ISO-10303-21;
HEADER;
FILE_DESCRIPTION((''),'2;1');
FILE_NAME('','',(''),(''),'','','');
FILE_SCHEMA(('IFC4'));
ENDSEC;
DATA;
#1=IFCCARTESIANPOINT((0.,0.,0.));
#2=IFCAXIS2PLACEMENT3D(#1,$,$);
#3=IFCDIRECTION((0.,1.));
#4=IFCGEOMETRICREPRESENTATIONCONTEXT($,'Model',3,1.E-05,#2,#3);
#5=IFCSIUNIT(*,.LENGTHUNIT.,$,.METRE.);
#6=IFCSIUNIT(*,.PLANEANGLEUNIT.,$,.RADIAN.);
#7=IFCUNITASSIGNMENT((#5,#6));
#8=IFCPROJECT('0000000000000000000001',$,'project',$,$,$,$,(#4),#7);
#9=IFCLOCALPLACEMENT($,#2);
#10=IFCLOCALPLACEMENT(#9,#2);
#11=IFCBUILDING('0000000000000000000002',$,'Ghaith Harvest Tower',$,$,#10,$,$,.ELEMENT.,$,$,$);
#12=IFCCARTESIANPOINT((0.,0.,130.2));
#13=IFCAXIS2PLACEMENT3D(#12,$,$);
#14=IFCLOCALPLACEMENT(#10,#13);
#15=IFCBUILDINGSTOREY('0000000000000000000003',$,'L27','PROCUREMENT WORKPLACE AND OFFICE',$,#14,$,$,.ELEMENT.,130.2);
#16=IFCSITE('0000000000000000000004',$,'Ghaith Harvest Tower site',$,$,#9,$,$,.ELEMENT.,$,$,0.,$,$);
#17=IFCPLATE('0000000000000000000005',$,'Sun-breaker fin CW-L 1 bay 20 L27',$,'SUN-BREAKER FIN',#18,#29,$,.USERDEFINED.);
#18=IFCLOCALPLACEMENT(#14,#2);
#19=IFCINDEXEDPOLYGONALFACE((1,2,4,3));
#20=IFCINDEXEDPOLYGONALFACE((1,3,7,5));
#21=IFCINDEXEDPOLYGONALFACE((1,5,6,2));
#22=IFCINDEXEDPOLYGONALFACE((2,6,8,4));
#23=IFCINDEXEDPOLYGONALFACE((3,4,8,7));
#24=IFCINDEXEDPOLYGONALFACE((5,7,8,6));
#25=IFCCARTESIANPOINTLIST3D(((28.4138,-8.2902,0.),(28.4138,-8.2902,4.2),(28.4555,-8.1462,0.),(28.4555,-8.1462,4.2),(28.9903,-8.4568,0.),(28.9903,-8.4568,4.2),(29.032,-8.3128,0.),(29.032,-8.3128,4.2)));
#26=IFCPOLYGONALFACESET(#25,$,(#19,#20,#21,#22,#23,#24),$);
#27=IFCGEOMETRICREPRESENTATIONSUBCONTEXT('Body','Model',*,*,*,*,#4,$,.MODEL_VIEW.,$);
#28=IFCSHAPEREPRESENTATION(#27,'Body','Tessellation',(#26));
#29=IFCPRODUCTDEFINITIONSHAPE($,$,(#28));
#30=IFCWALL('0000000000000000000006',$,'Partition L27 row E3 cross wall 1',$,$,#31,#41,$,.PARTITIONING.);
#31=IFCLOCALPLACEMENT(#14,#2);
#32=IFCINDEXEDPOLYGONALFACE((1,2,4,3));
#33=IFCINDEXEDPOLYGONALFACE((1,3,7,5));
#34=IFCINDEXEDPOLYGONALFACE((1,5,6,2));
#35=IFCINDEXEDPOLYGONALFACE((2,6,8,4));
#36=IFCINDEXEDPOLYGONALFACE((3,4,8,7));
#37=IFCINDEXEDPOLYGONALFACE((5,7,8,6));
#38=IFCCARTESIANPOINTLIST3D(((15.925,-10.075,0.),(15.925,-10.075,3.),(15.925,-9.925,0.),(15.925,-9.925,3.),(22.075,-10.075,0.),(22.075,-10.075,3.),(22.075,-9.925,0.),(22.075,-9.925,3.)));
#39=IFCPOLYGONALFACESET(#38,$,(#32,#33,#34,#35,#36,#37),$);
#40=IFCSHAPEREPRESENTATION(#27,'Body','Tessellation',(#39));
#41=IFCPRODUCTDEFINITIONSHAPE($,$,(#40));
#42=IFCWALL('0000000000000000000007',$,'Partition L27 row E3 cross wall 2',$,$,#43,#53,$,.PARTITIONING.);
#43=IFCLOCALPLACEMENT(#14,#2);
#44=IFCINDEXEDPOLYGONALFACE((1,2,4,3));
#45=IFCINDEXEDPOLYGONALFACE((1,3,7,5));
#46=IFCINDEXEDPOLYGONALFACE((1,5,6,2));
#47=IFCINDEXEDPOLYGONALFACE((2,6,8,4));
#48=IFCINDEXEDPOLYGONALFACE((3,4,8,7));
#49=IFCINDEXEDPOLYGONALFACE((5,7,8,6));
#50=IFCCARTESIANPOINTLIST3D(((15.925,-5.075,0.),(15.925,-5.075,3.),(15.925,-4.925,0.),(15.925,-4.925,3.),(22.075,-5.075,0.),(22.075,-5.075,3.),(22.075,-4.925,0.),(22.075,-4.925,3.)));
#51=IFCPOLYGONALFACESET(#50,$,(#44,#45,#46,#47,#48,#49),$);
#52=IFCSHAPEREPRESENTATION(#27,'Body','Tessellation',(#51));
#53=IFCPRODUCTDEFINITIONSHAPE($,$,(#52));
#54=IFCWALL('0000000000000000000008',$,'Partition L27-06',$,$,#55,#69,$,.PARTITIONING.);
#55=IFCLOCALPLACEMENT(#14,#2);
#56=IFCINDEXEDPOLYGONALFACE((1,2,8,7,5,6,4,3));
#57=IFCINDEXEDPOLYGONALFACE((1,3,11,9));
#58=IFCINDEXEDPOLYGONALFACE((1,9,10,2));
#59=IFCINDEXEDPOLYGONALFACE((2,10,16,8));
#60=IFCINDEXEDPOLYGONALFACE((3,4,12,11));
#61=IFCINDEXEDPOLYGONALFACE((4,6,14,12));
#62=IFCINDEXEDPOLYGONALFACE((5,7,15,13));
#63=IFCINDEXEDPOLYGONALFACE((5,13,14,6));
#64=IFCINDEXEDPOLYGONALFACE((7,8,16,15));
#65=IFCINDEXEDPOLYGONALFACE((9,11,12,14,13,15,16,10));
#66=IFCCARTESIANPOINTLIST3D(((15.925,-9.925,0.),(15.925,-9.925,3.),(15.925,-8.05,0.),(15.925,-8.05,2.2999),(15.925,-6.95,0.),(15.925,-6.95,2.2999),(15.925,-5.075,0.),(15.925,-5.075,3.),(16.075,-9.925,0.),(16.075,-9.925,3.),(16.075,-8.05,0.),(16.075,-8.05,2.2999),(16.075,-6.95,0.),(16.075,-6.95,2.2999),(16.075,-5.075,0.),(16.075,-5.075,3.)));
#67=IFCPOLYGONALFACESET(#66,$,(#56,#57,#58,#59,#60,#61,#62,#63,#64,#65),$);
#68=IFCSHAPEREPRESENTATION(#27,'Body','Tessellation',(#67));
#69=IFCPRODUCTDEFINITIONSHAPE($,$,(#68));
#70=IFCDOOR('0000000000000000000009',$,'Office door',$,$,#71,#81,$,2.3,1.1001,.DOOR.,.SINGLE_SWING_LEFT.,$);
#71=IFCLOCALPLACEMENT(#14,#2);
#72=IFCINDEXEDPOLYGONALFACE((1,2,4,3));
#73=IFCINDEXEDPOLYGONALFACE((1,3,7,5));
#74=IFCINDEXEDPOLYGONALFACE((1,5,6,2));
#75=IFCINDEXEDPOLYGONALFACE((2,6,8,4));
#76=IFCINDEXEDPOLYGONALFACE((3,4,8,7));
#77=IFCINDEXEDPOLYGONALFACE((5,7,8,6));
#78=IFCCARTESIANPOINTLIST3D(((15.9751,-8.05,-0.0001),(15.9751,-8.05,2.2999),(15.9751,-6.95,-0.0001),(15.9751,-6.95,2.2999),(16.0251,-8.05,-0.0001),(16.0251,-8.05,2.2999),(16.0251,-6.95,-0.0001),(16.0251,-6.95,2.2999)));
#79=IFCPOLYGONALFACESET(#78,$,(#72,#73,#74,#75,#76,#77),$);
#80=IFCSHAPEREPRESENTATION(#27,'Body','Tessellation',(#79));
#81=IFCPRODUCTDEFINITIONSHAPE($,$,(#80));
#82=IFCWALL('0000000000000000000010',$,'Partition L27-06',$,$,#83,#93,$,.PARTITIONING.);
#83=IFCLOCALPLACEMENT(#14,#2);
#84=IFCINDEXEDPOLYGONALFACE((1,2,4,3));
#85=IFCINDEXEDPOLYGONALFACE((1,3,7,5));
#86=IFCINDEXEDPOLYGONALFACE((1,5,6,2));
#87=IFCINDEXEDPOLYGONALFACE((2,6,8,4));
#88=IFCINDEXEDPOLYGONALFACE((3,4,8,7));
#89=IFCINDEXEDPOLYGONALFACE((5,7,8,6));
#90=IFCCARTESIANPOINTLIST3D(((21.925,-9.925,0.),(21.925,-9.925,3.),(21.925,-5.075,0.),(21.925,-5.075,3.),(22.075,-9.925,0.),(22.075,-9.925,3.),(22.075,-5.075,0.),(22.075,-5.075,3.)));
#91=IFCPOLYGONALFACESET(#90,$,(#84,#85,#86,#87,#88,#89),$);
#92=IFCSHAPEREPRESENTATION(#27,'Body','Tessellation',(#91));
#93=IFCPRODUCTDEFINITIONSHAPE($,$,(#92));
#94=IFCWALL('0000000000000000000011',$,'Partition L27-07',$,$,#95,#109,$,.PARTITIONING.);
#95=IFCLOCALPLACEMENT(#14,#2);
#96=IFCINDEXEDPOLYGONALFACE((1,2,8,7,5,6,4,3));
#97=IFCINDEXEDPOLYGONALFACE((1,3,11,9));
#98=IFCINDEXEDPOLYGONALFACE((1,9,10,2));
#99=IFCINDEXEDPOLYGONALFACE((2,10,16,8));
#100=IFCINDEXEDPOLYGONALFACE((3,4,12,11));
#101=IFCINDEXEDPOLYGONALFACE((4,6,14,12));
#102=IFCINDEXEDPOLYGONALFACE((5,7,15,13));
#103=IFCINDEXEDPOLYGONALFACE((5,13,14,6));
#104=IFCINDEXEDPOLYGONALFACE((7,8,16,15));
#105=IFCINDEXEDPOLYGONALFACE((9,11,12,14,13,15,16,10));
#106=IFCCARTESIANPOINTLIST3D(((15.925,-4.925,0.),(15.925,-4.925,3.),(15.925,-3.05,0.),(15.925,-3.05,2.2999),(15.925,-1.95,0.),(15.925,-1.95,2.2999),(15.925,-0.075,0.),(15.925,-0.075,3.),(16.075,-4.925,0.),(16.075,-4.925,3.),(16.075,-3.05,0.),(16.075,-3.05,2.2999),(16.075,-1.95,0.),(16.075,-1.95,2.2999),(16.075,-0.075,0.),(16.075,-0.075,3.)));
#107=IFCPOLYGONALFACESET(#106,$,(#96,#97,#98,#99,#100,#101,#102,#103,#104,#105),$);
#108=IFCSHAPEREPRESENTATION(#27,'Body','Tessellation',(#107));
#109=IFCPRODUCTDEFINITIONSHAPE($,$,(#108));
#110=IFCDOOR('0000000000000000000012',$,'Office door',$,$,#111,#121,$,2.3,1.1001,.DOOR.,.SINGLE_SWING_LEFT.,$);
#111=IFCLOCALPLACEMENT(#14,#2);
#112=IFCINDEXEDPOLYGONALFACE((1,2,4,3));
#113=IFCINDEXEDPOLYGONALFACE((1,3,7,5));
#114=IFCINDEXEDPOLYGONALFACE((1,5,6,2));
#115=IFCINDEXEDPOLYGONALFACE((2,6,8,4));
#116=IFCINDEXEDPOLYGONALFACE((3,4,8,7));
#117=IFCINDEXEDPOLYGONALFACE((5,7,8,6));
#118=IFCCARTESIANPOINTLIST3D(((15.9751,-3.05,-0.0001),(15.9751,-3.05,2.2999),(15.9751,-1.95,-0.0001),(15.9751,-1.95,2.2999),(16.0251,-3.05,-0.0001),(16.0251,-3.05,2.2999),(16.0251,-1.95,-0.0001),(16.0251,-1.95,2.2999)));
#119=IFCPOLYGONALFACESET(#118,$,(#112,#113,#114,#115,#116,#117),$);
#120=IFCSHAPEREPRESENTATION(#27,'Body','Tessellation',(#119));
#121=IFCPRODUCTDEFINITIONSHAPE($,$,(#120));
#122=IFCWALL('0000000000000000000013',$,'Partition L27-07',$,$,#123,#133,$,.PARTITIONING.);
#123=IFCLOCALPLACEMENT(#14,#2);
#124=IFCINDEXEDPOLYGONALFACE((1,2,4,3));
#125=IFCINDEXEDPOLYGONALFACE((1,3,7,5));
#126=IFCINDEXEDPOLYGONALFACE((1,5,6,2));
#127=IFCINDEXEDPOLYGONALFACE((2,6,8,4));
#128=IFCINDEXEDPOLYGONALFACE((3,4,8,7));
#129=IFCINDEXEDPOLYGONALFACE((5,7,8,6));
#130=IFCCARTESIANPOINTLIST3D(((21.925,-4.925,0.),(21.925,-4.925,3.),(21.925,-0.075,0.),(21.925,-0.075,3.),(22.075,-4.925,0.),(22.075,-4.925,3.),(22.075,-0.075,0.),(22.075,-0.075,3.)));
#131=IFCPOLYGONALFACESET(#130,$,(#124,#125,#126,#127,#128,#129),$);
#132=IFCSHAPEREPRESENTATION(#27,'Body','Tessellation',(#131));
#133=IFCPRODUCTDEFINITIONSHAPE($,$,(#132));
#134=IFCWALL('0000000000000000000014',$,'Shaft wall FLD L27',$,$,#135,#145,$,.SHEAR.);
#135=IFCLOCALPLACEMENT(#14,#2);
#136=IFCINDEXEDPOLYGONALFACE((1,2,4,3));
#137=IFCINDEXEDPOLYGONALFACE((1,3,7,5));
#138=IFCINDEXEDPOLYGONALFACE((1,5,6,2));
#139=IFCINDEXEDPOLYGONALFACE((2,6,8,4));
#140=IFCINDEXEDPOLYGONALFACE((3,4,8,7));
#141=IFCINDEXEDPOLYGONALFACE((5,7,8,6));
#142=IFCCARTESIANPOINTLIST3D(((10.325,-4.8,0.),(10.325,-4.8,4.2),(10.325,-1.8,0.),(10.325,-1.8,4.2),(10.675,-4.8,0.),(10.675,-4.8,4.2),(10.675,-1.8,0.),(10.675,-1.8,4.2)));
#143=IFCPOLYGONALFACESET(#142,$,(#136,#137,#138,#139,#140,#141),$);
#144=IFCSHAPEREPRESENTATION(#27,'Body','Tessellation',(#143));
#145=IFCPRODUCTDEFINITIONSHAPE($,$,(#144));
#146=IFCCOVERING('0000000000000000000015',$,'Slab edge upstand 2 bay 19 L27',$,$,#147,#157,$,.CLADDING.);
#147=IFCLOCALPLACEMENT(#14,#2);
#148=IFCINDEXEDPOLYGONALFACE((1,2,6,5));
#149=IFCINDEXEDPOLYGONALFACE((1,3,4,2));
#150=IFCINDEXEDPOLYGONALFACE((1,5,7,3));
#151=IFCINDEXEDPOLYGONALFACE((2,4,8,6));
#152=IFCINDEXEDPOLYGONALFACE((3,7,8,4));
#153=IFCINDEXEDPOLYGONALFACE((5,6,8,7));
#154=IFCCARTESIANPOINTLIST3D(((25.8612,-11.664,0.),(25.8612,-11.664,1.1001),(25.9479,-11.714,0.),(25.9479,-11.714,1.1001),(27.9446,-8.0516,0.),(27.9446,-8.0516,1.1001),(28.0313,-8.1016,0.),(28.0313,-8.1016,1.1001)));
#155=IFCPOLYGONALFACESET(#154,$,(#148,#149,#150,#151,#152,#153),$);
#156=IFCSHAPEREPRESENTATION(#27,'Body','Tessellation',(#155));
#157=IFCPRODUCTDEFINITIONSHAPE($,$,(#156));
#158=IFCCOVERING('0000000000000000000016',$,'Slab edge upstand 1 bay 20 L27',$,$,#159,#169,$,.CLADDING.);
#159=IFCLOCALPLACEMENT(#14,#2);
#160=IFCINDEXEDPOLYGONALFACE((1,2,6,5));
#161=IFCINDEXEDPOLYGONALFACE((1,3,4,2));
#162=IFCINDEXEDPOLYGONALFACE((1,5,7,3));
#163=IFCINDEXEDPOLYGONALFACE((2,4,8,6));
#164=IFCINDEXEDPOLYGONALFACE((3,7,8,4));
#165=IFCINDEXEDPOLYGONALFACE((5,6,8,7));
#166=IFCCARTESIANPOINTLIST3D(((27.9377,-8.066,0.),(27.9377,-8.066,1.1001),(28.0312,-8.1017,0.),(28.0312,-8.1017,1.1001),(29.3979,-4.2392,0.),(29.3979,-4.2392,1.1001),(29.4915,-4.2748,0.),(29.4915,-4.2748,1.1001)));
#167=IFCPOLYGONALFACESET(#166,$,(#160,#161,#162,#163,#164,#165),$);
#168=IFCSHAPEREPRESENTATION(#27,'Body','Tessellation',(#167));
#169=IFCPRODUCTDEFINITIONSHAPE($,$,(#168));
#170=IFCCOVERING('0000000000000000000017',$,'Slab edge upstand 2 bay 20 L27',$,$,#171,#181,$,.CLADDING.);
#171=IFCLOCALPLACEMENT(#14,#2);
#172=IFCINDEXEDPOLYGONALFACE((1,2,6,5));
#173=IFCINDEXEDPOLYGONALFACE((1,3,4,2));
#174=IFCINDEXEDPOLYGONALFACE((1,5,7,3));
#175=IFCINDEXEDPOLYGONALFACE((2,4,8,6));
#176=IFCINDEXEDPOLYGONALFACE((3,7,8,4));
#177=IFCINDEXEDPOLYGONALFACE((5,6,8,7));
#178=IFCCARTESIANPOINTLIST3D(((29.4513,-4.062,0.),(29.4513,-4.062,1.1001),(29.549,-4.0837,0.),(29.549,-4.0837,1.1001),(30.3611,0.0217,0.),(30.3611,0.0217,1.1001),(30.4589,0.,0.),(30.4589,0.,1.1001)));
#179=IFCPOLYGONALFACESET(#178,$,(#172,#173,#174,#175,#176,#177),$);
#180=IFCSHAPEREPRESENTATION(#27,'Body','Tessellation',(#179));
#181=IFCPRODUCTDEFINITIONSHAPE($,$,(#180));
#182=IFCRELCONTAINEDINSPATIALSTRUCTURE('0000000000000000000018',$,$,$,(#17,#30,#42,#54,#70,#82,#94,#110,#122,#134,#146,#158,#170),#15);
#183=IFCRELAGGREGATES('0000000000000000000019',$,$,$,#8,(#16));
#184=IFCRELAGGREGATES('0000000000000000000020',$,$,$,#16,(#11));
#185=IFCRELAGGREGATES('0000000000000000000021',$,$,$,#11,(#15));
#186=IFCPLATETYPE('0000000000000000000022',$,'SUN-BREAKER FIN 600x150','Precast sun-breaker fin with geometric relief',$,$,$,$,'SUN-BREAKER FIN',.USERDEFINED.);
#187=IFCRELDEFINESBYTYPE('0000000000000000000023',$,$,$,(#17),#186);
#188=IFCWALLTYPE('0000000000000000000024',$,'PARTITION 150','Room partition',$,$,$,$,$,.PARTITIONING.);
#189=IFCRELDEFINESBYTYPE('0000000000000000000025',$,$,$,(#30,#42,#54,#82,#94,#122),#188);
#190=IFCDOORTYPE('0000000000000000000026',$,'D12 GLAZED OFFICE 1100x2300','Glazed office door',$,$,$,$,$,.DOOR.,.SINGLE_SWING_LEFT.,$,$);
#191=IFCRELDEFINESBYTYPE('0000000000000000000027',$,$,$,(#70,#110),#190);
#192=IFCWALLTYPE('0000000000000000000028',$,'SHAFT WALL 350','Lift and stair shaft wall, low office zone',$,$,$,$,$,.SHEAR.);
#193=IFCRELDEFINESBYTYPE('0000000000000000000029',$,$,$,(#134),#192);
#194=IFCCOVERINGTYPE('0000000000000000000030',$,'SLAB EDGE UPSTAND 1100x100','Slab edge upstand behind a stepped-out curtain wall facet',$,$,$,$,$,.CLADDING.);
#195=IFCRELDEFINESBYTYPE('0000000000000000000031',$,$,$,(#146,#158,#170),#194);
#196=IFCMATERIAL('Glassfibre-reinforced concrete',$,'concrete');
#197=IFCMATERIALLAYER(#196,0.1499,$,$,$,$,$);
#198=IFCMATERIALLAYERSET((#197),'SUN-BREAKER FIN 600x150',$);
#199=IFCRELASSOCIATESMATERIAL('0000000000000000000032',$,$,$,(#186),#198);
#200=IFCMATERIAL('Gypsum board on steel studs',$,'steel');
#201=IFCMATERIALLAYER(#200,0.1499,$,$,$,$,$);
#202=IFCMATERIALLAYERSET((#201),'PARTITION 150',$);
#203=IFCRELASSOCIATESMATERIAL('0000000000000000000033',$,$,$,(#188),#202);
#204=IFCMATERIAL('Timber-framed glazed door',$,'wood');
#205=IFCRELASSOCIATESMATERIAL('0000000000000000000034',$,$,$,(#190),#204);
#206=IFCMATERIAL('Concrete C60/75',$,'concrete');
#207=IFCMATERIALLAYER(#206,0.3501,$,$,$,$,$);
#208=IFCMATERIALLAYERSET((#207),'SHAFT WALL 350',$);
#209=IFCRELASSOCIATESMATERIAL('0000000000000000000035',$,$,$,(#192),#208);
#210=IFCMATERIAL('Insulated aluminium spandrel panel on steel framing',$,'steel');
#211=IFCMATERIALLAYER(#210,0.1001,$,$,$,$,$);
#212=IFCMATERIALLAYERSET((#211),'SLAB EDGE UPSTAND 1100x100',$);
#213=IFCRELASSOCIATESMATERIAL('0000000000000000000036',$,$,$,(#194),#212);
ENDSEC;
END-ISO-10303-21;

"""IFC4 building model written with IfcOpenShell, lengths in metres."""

from ifc_helpers import new_model, si_unit, direction, frame, frame_2d, origin, origin_2d, place, context, subcontext, project, spatial, rectangle, extrude, material, layer, layer_set, type_object, element, fill, save


model = new_model("IFC4")

# Units and contexts
model_context = context("Model", 3, precision=1e-05, world=origin(), true_north=direction((0.0, 1.0)))
body_context = subcontext(model_context, "Body", "Model", "MODEL_VIEW")
ifc_project = project(units=[si_unit("LENGTHUNIT", "METRE"), si_unit("PLANEANGLEUNIT", "RADIAN")], contexts=[model_context])

# Site, building, storey
site_placement = place(None, origin())
site = spatial("IfcSite", under=ifc_project, at=site_placement, Name="Ghaith Harvest Tower site", CompositionType="ELEMENT", RefElevation=0.0)
building_placement = place(site_placement, origin())
building = spatial("IfcBuilding", under=site, at=building_placement, Name="Ghaith Harvest Tower", CompositionType="ELEMENT")
storey_placement = place(building_placement, frame((0.0, 0.0, 130.2)))
storey = spatial("IfcBuildingStorey", under=building, at=storey_placement, Name="L27", Description="PROCUREMENT WORKPLACE AND OFFICE", CompositionType="ELEMENT", Elevation=130.2)

# Plate
ifc_material_1 = material(Name="Glassfibre-reinforced concrete", Category="concrete")
ifc_layer_1 = layer(ifc_material_1, 0.1499)
ifc_layer_set_1 = layer_set([ifc_layer_1], Name="SUN-BREAKER FIN 600x150")
plate_type_1 = type_object("IfcPlateType", Name="SUN-BREAKER FIN 600x150", Description="Precast sun-breaker fin with geometric relief", ElementType="SUN-BREAKER FIN", PredefinedType="USERDEFINED", material=ifc_layer_set_1)
plate_1_placement = place(storey_placement, frame((28.7229, -8.3015, 0.0), z_axis=(0.0, 0.0, 1.0), x_axis=(0.96068, -0.277657, 0.0)))
element("IfcPlate", 1, at=plate_1_placement, inside=storey, type_object=plate_type_1, Name="Sun-breaker fin CW-L 1 bay 20 L27", ObjectType="SUN-BREAKER FIN", PredefinedType="USERDEFINED", context=body_context, shape_type="SweptSolid", body=[
    extrude(rectangle(XDim=0.6001, YDim=0.1499, at=origin_2d()), origin(), (0.0, 0.0, 1.0), 4.2),
])

# Walls
ifc_material_2 = material(Name="Gypsum board on steel studs", Category="steel")
ifc_layer_2 = layer(ifc_material_2, 0.1499)
ifc_layer_set_2 = layer_set([ifc_layer_2], Name="PARTITION 150")
wall_type_1 = type_object("IfcWallType", Name="PARTITION 150", Description="Room partition", PredefinedType="PARTITIONING", material=ifc_layer_set_2)
for number, where, z_axis, x_axis, name in (
    (2, (15.925, -10.0, 0.0), (0.0, 0.0, 1.0), (1.0, 0.0, 0.0), "Partition L27 row E3 cross wall 1"),
    (3, (15.925, -5.0, 0.0), (0.0, 0.0, 1.0), (1.0, 0.0, 0.0), "Partition L27 row E3 cross wall 2"),
):
    element("IfcWall", number, at=place(storey_placement, frame(where, z_axis=z_axis, x_axis=x_axis)), inside=storey, type_object=wall_type_1, Name=name, PredefinedType="PARTITIONING", context=body_context, shape_type="SweptSolid", body=[
        extrude(rectangle(XDim=6.1499, YDim=0.1499, at=frame_2d((3.075, 0.0))), origin(), (0.0, 0.0, 1.0), 3.0),
    ])

# Wall, opening, door
wall_1_placement = place(storey_placement, frame((16.0, -9.925, 0.0), z_axis=(0.0, 0.0, 1.0), x_axis=(0.0, 1.0, 0.0)))
wall_1 = element("IfcWall", 4, at=wall_1_placement, inside=storey, type_object=wall_type_1, Name="Partition L27-06", PredefinedType="PARTITIONING", context=body_context, shape_type="SweptSolid", body=[
    extrude(rectangle(XDim=4.8501, YDim=0.1499, at=frame_2d((2.425, 0.0))), origin(), (0.0, 0.0, 1.0), 3.0),
])
opening_1_placement = place(wall_1_placement, frame((1.875, 0.0, 0.0)))
opening_1 = element("IfcOpeningElement", 5, at=opening_1_placement, cuts=wall_1, PredefinedType="OPENING", context=body_context, shape_type="SweptSolid", body=[
    extrude(rectangle(XDim=1.1001, YDim=2.3, at=frame_2d((0.55, 1.1499))), frame((0.0, 0.085, 0.0), z_axis=(0.0, -1.0, 0.0), x_axis=(1.0, 0.0, 0.0)), (0.0, 0.0, 1.0), 0.1699),
])
ifc_material_3 = material(Name="Timber-framed glazed door", Category="wood")
door_type_1 = type_object("IfcDoorType", Name="D12 GLAZED OFFICE 1100x2300", Description="Glazed office door", OperationType="SINGLE_SWING_LEFT", PredefinedType="DOOR", material=ifc_material_3)
door_1_placement = place(opening_1_placement, origin())
door_1 = element("IfcDoor", 6, at=door_1_placement, inside=storey, type_object=door_type_1, Name="Office door", OperationType="SINGLE_SWING_LEFT", OverallHeight=2.3, OverallWidth=1.1001, PredefinedType="DOOR", context=body_context, shape_type="SweptSolid", body=[
    extrude(rectangle(XDim=1.1001, YDim=2.3, at=frame_2d((0.55, 1.1499))), frame((0.0, 0.0249, 0.0), z_axis=(0.0, -1.0, 0.0), x_axis=(1.0, 0.0, 0.0)), (0.0, 0.0, 1.0), 0.05),
])
fill(opening_1, door_1)

# Wall
wall_2_placement = place(storey_placement, frame((22.0, -9.925, 0.0), z_axis=(0.0, 0.0, 1.0), x_axis=(0.0, 1.0, 0.0)))
element("IfcWall", 7, at=wall_2_placement, inside=storey, type_object=wall_type_1, Name="Partition L27-06", PredefinedType="PARTITIONING", context=body_context, shape_type="SweptSolid", body=[
    extrude(rectangle(XDim=4.8501, YDim=0.1499, at=frame_2d((2.425, 0.0))), origin(), (0.0, 0.0, 1.0), 3.0),
])

# Wall, opening, door
wall_3_placement = place(storey_placement, frame((16.0, -4.925, 0.0), z_axis=(0.0, 0.0, 1.0), x_axis=(0.0, 1.0, 0.0)))
wall_3 = element("IfcWall", 8, at=wall_3_placement, inside=storey, type_object=wall_type_1, Name="Partition L27-07", PredefinedType="PARTITIONING", context=body_context, shape_type="SweptSolid", body=[
    extrude(rectangle(XDim=4.8501, YDim=0.1499, at=frame_2d((2.425, 0.0))), origin(), (0.0, 0.0, 1.0), 3.0),
])
opening_2_placement = place(wall_3_placement, frame((1.875, 0.0, 0.0)))
opening_2 = element("IfcOpeningElement", 9, at=opening_2_placement, cuts=wall_3, PredefinedType="OPENING", context=body_context, shape_type="SweptSolid", body=[
    extrude(rectangle(XDim=1.1001, YDim=2.3, at=frame_2d((0.55, 1.1499))), frame((0.0, 0.085, 0.0), z_axis=(0.0, -1.0, 0.0), x_axis=(1.0, 0.0, 0.0)), (0.0, 0.0, 1.0), 0.1699),
])
door_2_placement = place(opening_2_placement, origin())
door_2 = element("IfcDoor", 10, at=door_2_placement, inside=storey, type_object=door_type_1, Name="Office door", OperationType="SINGLE_SWING_LEFT", OverallHeight=2.3, OverallWidth=1.1001, PredefinedType="DOOR", context=body_context, shape_type="SweptSolid", body=[
    extrude(rectangle(XDim=1.1001, YDim=2.3, at=frame_2d((0.55, 1.1499))), frame((0.0, 0.0249, 0.0), z_axis=(0.0, -1.0, 0.0), x_axis=(1.0, 0.0, 0.0)), (0.0, 0.0, 1.0), 0.05),
])
fill(opening_2, door_2)

# Walls
wall_4_placement = place(storey_placement, frame((22.0, -4.925, 0.0), z_axis=(0.0, 0.0, 1.0), x_axis=(0.0, 1.0, 0.0)))
element("IfcWall", 11, at=wall_4_placement, inside=storey, type_object=wall_type_1, Name="Partition L27-07", PredefinedType="PARTITIONING", context=body_context, shape_type="SweptSolid", body=[
    extrude(rectangle(XDim=4.8501, YDim=0.1499, at=frame_2d((2.425, 0.0))), origin(), (0.0, 0.0, 1.0), 3.0),
])
ifc_material_4 = material(Name="Concrete C60/75", Category="concrete")
ifc_layer_3 = layer(ifc_material_4, 0.3501)
ifc_layer_set_3 = layer_set([ifc_layer_3], Name="SHAFT WALL 350")
wall_type_2 = type_object("IfcWallType", Name="SHAFT WALL 350", Description="Lift and stair shaft wall, low office zone", PredefinedType="SHEAR", material=ifc_layer_set_3)
wall_5_placement = place(storey_placement, frame((10.5, -4.8, 0.0), z_axis=(0.0, 0.0, 1.0), x_axis=(0.0, 1.0, 0.0)))
element("IfcWall", 12, at=wall_5_placement, inside=storey, type_object=wall_type_2, Name="Shaft wall FLD L27", PredefinedType="SHEAR", context=body_context, shape_type="SweptSolid", body=[
    extrude(rectangle(XDim=3.0, YDim=0.3501, at=frame_2d((1.5, 0.0))), origin(), (0.0, 0.0, 1.0), 4.2),
])

# Coverings
ifc_material_5 = material(Name="Insulated aluminium spandrel panel on steel framing", Category="steel")
ifc_layer_4 = layer(ifc_material_5, 0.1001)
ifc_layer_set_4 = layer_set([ifc_layer_4], Name="SLAB EDGE UPSTAND 1100x100")
covering_type = type_object("IfcCoveringType", Name="SLAB EDGE UPSTAND 1100x100", Description="Slab edge upstand behind a stepped-out curtain wall facet", PredefinedType="CLADDING", material=ifc_layer_set_4)
covering_1_placement = place(storey_placement, frame((26.9463, -9.8828, 0.0), z_axis=(0.0, 0.0, 1.0), x_axis=(0.499596, 0.866258, 0.0)))
element("IfcCovering", 13, at=covering_1_placement, inside=storey, type_object=covering_type, Name="Slab edge upstand 2 bay 19 L27", PredefinedType="CLADDING", context=body_context, shape_type="SweptSolid", body=[
    extrude(rectangle(XDim=4.1702, YDim=0.1001, at=origin_2d()), origin(), (0.0, 0.0, 1.0), 1.1001),
])
covering_2_placement = place(storey_placement, frame((28.7146, -6.1704, 0.0), z_axis=(0.0, 0.0, 1.0), x_axis=(0.356504, 0.934294, 0.0)))
element("IfcCovering", 14, at=covering_2_placement, inside=storey, type_object=covering_type, Name="Slab edge upstand 1 bay 20 L27", PredefinedType="CLADDING", context=body_context, shape_type="SweptSolid", body=[
    extrude(rectangle(XDim=4.0959, YDim=0.1001, at=origin_2d()), origin(), (0.0, 0.0, 1.0), 1.1001),
])
covering_3_placement = place(storey_placement, frame((29.9551, -2.031, 0.0), z_axis=(0.0, 0.0, 1.0), x_axis=(0.217466, 0.976068, 0.0)))
element("IfcCovering", 15, at=covering_3_placement, inside=storey, type_object=covering_type, Name="Slab edge upstand 2 bay 20 L27", PredefinedType="CLADDING", context=body_context, shape_type="SweptSolid", body=[
    extrude(rectangle(XDim=4.1838, YDim=0.1001, at=origin_2d()), origin(), (0.0, 0.0, 1.0), 1.1001),
])

save(model, "model.ifc")
